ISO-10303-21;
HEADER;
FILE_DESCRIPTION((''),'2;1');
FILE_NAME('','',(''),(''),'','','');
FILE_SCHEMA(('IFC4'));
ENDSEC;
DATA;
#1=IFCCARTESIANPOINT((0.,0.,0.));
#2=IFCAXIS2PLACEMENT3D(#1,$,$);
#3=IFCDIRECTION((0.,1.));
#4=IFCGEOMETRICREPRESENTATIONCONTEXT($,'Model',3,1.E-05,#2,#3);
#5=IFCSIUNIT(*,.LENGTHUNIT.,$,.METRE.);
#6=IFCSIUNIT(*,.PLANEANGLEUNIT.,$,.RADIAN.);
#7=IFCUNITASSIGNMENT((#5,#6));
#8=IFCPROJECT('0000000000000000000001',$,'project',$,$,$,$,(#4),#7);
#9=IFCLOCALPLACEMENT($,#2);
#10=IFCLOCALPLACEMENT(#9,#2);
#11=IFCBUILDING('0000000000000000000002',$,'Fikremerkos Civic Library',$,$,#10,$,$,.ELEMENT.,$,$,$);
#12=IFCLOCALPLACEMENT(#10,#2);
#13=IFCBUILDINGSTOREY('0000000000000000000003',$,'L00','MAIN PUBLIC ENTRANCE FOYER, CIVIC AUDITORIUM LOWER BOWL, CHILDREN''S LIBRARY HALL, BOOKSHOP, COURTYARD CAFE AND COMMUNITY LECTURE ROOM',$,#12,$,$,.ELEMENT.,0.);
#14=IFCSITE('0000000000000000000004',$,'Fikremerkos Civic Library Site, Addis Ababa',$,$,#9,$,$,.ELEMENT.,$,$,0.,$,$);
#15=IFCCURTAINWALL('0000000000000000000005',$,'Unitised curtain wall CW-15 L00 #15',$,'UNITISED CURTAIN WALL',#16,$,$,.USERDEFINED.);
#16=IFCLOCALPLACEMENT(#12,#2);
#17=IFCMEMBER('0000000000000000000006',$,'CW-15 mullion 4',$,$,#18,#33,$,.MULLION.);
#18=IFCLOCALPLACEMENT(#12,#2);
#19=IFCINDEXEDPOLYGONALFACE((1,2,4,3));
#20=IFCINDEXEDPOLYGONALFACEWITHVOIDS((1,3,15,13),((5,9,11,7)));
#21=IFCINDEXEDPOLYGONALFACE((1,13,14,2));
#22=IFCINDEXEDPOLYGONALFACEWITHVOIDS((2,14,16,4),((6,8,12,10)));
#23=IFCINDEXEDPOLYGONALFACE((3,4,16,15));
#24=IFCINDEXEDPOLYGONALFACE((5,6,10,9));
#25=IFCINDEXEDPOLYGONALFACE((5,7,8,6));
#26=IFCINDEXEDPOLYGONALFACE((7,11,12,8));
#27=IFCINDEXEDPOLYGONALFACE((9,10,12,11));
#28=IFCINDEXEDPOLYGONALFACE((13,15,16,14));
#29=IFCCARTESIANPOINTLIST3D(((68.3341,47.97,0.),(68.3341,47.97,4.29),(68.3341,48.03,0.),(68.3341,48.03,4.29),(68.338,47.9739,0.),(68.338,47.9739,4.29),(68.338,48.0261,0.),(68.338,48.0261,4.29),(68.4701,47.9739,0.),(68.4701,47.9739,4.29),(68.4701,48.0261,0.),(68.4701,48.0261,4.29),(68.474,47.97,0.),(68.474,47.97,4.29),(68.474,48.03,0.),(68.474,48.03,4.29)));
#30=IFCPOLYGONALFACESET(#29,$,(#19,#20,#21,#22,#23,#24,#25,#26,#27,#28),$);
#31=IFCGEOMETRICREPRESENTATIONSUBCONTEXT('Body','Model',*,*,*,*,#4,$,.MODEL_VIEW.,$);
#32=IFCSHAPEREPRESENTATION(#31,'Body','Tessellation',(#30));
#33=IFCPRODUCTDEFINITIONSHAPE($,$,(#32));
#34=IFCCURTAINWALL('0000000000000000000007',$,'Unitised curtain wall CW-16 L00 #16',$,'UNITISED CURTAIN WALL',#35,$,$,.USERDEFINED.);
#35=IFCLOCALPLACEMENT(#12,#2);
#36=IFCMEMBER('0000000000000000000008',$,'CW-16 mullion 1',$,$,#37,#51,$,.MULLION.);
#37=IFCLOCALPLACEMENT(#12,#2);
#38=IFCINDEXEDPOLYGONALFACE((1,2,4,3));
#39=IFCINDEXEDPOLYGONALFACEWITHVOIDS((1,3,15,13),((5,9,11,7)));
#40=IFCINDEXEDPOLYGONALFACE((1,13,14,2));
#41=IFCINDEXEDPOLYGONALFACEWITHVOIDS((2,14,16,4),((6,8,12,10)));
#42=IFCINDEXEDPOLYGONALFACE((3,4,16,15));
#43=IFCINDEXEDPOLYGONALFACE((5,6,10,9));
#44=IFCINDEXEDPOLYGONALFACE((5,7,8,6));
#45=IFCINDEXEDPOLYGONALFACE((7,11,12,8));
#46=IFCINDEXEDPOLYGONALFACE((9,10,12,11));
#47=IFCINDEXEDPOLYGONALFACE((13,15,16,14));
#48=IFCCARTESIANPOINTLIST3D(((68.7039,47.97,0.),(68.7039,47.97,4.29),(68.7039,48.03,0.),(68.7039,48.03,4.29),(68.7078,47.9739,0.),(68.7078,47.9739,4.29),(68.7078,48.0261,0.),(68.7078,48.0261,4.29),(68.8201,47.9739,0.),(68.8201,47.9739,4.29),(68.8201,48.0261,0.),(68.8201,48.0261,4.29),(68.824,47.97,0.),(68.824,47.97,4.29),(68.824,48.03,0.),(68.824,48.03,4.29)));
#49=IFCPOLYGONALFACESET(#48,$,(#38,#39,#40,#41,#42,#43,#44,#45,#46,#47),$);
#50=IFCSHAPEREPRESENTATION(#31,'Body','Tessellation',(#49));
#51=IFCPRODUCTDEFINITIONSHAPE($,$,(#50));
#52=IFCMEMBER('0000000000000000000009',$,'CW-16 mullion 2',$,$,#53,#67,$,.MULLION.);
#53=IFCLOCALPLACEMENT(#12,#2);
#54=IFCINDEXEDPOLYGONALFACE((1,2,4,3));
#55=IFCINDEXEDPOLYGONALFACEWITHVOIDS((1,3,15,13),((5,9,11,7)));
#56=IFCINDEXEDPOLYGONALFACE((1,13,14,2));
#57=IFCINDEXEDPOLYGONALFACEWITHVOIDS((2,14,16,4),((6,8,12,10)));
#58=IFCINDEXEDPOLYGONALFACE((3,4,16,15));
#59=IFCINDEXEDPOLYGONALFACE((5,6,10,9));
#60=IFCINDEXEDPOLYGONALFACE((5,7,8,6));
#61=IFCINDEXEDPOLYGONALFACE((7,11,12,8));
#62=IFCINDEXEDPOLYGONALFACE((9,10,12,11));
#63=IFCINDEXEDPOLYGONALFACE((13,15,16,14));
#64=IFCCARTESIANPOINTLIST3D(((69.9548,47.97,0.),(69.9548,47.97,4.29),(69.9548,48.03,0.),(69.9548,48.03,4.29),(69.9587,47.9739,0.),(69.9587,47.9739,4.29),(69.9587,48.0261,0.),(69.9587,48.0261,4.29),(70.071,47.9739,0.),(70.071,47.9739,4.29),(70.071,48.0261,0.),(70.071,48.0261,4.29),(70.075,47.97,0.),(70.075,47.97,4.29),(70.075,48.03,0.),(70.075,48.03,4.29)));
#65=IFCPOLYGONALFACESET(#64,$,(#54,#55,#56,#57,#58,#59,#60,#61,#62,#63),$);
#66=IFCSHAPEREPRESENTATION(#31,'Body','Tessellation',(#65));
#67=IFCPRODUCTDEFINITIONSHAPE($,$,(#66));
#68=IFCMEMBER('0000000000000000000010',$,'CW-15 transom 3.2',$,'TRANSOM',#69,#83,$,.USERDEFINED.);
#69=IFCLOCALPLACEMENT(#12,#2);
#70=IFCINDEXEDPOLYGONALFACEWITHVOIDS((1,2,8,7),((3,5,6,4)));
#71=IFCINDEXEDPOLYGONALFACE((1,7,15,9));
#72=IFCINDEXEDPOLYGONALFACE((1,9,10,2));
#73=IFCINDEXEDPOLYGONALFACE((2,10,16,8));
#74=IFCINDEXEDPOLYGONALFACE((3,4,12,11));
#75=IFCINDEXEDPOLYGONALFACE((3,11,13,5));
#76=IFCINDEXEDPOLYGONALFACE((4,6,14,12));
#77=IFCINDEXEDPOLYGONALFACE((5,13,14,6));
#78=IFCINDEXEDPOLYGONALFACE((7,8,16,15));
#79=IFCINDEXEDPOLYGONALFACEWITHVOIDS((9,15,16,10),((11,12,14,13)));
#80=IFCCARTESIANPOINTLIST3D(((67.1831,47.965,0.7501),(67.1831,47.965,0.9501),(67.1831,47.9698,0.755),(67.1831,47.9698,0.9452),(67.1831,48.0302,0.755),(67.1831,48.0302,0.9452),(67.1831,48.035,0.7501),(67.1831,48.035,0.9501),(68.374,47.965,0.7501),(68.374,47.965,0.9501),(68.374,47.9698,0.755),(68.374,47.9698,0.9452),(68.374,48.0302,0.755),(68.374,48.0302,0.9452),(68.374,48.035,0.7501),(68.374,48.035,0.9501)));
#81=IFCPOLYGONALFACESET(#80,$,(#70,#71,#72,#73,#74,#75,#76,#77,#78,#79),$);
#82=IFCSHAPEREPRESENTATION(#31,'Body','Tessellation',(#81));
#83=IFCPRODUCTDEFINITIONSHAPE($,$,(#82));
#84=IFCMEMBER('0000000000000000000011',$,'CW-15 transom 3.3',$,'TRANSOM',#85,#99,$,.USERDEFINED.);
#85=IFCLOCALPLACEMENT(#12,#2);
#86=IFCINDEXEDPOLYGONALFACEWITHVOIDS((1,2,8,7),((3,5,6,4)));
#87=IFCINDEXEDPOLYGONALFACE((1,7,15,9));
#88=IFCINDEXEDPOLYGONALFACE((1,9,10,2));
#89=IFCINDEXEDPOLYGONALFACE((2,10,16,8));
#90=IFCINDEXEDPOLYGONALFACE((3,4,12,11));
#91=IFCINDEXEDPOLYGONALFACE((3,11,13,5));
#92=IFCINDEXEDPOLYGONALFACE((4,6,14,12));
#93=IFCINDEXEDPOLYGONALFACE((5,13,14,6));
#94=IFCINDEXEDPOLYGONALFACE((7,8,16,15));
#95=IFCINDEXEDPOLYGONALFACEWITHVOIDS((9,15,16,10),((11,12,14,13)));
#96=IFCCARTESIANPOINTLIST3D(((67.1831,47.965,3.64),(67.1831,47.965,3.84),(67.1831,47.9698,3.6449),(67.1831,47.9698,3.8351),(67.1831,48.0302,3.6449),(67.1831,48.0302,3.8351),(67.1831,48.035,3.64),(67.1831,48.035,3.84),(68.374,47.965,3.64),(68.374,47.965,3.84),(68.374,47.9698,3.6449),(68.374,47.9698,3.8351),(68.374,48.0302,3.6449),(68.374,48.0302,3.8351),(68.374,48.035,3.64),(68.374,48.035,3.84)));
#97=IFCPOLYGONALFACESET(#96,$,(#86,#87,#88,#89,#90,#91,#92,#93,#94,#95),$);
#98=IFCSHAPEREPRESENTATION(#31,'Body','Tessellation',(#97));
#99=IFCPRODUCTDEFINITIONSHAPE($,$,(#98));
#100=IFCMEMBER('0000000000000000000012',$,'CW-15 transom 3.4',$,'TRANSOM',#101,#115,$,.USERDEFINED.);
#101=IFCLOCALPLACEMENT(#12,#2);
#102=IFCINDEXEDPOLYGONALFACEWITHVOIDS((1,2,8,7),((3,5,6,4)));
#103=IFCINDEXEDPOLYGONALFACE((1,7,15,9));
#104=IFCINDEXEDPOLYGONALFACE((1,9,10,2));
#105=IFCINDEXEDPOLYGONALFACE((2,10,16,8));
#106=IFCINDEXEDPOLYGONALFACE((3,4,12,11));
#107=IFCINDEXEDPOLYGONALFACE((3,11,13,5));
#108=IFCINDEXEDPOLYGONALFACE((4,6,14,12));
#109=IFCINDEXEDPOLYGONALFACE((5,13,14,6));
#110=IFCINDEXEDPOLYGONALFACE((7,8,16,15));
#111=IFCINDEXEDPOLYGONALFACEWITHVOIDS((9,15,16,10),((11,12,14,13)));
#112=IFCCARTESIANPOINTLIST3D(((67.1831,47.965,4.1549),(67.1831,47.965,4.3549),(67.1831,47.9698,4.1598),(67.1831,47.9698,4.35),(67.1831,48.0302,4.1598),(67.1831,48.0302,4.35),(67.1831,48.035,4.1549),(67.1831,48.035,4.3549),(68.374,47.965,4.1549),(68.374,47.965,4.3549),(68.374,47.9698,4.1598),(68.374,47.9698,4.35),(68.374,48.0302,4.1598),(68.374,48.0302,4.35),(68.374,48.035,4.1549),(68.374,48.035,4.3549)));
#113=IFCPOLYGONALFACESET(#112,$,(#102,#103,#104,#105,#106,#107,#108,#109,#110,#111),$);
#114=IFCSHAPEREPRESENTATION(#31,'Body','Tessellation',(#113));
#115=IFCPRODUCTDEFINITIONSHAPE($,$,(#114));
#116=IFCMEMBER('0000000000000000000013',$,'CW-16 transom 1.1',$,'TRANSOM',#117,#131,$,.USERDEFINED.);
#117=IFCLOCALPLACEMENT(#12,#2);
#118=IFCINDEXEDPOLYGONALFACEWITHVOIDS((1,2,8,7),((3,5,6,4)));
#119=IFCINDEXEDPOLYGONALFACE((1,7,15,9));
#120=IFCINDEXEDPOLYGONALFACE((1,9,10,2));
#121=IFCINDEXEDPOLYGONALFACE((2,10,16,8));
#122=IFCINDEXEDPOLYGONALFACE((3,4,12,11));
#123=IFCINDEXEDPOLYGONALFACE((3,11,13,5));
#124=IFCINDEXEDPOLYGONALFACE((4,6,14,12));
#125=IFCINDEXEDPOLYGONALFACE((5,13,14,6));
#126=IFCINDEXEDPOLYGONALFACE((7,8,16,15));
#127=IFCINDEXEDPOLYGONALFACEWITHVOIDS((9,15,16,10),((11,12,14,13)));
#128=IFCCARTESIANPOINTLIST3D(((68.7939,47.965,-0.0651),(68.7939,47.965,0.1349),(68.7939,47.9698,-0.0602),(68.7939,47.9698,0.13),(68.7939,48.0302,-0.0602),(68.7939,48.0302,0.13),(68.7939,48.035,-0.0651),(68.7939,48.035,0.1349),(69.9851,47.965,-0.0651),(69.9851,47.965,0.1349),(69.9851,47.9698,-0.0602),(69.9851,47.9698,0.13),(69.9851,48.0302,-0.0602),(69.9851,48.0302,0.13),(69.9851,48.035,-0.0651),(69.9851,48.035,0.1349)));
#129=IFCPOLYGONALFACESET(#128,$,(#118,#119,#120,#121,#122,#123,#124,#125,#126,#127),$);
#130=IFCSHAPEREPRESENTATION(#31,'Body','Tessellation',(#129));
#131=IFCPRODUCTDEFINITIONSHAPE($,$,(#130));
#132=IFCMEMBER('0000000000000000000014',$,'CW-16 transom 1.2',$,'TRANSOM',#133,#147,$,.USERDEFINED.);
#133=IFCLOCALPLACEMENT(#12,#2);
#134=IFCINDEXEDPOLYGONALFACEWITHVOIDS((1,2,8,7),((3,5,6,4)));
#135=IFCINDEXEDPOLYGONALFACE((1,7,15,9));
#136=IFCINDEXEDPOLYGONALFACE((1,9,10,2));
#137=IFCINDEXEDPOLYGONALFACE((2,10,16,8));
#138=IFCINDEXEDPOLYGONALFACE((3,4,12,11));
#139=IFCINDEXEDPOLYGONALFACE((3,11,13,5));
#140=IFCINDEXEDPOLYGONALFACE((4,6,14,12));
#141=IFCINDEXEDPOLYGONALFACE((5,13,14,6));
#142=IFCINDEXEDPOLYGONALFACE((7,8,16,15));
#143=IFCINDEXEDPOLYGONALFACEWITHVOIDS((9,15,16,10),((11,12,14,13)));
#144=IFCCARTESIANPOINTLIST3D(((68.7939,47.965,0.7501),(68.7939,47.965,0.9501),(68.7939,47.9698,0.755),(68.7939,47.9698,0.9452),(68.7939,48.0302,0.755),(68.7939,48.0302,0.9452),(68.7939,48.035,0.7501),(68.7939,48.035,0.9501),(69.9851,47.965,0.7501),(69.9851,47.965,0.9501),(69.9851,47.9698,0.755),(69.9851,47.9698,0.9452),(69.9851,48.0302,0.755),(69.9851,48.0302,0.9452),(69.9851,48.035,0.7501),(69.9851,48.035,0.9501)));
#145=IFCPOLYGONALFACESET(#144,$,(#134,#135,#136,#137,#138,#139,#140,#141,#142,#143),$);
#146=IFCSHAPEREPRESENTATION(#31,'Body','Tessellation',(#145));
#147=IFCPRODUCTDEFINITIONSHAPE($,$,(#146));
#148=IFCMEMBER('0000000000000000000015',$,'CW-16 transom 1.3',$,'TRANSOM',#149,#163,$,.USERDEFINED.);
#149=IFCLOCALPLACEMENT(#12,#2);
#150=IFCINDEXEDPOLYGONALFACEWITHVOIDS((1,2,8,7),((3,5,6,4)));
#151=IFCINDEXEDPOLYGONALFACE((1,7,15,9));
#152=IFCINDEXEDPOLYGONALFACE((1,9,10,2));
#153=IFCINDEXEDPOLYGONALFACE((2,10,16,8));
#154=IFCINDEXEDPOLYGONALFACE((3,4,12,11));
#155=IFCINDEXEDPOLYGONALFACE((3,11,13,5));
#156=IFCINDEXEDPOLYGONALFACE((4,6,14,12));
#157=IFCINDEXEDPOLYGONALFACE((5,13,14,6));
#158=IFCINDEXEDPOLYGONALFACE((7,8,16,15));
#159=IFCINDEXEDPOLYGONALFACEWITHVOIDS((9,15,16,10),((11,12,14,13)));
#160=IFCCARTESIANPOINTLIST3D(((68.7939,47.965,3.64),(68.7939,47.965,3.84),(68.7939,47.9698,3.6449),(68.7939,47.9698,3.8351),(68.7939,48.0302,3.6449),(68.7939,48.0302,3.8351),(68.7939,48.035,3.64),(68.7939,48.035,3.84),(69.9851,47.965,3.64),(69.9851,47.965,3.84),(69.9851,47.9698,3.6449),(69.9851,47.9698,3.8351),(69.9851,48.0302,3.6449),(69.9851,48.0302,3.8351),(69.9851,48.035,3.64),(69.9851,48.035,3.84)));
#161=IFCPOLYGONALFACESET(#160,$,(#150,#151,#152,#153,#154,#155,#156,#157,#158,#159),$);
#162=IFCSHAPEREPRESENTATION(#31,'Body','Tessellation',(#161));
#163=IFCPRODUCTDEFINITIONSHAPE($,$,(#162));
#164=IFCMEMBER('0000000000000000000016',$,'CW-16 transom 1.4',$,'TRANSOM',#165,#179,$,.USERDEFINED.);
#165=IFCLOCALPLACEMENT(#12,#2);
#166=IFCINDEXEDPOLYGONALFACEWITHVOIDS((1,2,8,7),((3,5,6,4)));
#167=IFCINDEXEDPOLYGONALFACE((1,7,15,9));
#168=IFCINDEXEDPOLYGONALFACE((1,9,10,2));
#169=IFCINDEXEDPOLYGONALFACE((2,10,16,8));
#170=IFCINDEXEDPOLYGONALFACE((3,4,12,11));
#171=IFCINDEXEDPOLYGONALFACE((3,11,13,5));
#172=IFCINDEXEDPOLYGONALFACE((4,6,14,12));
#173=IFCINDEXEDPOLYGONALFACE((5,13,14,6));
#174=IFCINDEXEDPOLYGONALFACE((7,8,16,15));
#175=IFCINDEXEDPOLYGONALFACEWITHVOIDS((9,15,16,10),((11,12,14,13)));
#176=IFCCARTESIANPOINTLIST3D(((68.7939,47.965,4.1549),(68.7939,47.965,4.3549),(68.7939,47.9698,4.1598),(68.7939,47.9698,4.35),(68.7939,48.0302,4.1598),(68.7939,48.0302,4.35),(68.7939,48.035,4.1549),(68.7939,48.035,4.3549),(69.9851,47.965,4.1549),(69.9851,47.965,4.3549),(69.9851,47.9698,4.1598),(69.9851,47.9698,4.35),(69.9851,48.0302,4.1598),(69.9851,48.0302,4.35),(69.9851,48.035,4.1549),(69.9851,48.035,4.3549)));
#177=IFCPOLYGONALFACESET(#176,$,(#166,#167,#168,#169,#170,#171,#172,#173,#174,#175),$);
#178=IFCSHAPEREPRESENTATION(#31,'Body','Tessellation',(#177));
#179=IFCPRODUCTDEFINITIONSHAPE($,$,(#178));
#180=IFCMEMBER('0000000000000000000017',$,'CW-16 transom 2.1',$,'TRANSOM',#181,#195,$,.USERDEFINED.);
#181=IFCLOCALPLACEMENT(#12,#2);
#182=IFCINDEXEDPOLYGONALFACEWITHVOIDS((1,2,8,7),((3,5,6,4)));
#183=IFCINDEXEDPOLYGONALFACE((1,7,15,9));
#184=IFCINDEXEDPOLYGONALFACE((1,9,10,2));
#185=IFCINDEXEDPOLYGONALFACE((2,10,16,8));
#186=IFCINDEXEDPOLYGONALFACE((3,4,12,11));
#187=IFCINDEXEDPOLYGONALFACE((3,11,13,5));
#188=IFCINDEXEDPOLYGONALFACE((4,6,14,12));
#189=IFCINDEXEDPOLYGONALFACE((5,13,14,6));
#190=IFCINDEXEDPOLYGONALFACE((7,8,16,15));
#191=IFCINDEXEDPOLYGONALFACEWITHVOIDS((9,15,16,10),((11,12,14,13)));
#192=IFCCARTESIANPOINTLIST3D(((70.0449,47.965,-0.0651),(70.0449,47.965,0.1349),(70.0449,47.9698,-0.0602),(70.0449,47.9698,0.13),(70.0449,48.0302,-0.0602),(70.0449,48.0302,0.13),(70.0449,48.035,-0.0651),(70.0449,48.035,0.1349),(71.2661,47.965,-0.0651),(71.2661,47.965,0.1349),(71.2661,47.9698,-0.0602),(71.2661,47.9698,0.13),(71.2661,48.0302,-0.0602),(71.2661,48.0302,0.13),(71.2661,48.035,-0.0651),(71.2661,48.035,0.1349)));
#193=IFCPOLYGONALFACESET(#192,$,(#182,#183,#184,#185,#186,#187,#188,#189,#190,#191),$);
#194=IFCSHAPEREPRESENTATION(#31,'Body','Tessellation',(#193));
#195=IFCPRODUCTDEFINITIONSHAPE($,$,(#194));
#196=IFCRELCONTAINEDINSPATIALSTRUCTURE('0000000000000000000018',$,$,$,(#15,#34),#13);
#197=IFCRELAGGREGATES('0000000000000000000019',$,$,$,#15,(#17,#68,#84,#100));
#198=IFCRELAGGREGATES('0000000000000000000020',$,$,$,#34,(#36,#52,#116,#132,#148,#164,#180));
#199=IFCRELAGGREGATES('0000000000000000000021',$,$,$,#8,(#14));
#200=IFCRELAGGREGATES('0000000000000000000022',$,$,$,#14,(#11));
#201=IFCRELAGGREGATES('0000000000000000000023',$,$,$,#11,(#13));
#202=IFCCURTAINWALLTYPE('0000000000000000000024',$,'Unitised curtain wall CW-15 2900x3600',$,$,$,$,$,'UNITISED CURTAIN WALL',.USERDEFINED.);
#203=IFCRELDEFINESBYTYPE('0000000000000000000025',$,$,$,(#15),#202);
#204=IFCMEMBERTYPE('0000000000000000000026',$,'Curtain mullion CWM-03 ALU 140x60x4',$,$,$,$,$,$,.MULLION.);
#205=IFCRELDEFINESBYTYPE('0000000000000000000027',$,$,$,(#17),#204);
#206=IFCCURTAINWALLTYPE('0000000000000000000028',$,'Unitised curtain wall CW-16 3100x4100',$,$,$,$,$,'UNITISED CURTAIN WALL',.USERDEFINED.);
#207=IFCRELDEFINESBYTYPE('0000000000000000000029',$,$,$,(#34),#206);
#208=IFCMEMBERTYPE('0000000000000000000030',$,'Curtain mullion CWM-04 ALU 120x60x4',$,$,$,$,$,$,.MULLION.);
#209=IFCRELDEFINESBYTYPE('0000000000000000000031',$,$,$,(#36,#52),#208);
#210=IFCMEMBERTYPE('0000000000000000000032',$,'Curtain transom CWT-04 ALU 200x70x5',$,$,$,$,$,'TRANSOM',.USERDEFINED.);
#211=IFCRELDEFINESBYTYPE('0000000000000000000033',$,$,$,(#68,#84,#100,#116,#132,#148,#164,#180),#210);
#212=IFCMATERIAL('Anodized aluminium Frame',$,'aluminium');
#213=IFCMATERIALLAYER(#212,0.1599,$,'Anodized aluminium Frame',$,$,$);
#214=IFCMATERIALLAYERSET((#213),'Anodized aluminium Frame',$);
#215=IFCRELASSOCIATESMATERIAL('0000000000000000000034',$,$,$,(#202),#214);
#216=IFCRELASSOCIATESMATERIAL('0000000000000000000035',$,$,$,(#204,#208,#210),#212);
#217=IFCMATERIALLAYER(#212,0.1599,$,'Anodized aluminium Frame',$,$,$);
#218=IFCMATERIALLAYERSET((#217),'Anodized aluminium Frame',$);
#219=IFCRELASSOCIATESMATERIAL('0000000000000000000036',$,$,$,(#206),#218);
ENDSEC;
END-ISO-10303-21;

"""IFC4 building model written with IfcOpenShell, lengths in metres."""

from ifc_helpers import new_model, si_unit, direction, frame, origin, origin_2d, place, context, subcontext, project, spatial, hollow_rectangle, extrude, material, layer, layer_set, material_profile, profile_set, type_object, element, aggregate, save


model = new_model("IFC4")

# Units and contexts
model_context = context("Model", 3, precision=1e-05, world=origin(), true_north=direction((0.0, 1.0)))
body_context = subcontext(model_context, "Body", "Model", "MODEL_VIEW")
ifc_project = project(units=[si_unit("LENGTHUNIT", "METRE"), si_unit("PLANEANGLEUNIT", "RADIAN")], contexts=[model_context])

# Site, building, storey
site_placement = place(None, origin())
site = spatial("IfcSite", under=ifc_project, at=site_placement, Name="Fikremerkos Civic Library Site, Addis Ababa", CompositionType="ELEMENT", RefElevation=0.0)
building_placement = place(site_placement, origin())
building = spatial("IfcBuilding", under=site, at=building_placement, Name="Fikremerkos Civic Library", CompositionType="ELEMENT")
storey_placement = place(building_placement, origin())
storey = spatial("IfcBuildingStorey", under=building, at=storey_placement, Name="L00", Description="MAIN PUBLIC ENTRANCE FOYER, CIVIC AUDITORIUM LOWER BOWL, CHILDREN'S LIBRARY HALL, BOOKSHOP, COURTYARD CAFE AND COMMUNITY LECTURE ROOM", CompositionType="ELEMENT", Elevation=0.0)

# Curtain wall, member
ifc_material_1 = material(Name="Anodized aluminium Frame", Category="aluminium")
ifc_layer_1 = layer(ifc_material_1, 0.1599, Name="Anodized aluminium Frame")
ifc_layer_set_1 = layer_set([ifc_layer_1], Name="Anodized aluminium Frame")
curtain_wall_type_1 = type_object("IfcCurtainWallType", Name="Unitised curtain wall CW-15 2900x3600", ElementType="UNITISED CURTAIN WALL", PredefinedType="USERDEFINED", material=ifc_layer_set_1)
curtain_wall_1_placement = place(storey_placement, origin())
curtain_wall_1 = element("IfcCurtainWall", 1, at=curtain_wall_1_placement, inside=storey, type_object=curtain_wall_type_1, Name="Unitised curtain wall CW-15 L00 #15", ObjectType="UNITISED CURTAIN WALL", PredefinedType="USERDEFINED")
ifc_material_profile_1 = material_profile(ifc_material_1, hollow_rectangle(XDim=0.0601, YDim=0.1399, WallThickness=0.0039, at=origin_2d()), Name="ALU 140x60x4")
ifc_profile_set_1 = profile_set([ifc_material_profile_1], Name="Anodized aluminium Frame")
member_type_1 = type_object("IfcMemberType", Name="Curtain mullion CWM-03 ALU 140x60x4", PredefinedType="MULLION", material=ifc_profile_set_1)
member_1_placement = place(storey_placement, frame((68.4041, 48.0, 0.0), z_axis=(0.0, 0.0, 1.0), x_axis=(0.0, 1.0, 0.0)))
member_1 = element("IfcMember", 2, at=member_1_placement, type_object=member_type_1, Name="CW-15 mullion 4", PredefinedType="MULLION", context=body_context, shape_type="SweptSolid", body=[
    extrude(hollow_rectangle(XDim=0.0601, YDim=0.1399, WallThickness=0.0039, at=origin_2d()), origin(), (0.0, 0.0, 1.0), 4.29),
])

# Curtain wall, members
ifc_layer_2 = layer(ifc_material_1, 0.1599, Name="Anodized aluminium Frame")
ifc_layer_set_2 = layer_set([ifc_layer_2], Name="Anodized aluminium Frame")
curtain_wall_type_2 = type_object("IfcCurtainWallType", Name="Unitised curtain wall CW-16 3100x4100", ElementType="UNITISED CURTAIN WALL", PredefinedType="USERDEFINED", material=ifc_layer_set_2)
curtain_wall_2_placement = place(storey_placement, origin())
curtain_wall_2 = element("IfcCurtainWall", 3, at=curtain_wall_2_placement, inside=storey, type_object=curtain_wall_type_2, Name="Unitised curtain wall CW-16 L00 #16", ObjectType="UNITISED CURTAIN WALL", PredefinedType="USERDEFINED")
ifc_material_profile_2 = material_profile(ifc_material_1, hollow_rectangle(XDim=0.0601, YDim=0.1201, WallThickness=0.0039, at=origin_2d()), Name="ALU 120x60x4")
ifc_profile_set_2 = profile_set([ifc_material_profile_2], Name="Anodized aluminium Frame")
member_type_2 = type_object("IfcMemberType", Name="Curtain mullion CWM-04 ALU 120x60x4", PredefinedType="MULLION", material=ifc_profile_set_2)
member_2_placement = place(storey_placement, frame((68.7639, 48.0, 0.0), z_axis=(0.0, 0.0, 1.0), x_axis=(0.0, 1.0, 0.0)))
member_2 = element("IfcMember", 4, at=member_2_placement, type_object=member_type_2, Name="CW-16 mullion 1", PredefinedType="MULLION", context=body_context, shape_type="SweptSolid", body=[
    extrude(hollow_rectangle(XDim=0.0601, YDim=0.1201, WallThickness=0.0039, at=origin_2d()), origin(), (0.0, 0.0, 1.0), 4.29),
])
member_3_placement = place(storey_placement, frame((70.0149, 48.0, 0.0), z_axis=(0.0, 0.0, 1.0), x_axis=(0.0, 1.0, 0.0)))
member_3 = element("IfcMember", 5, at=member_3_placement, type_object=member_type_2, Name="CW-16 mullion 2", PredefinedType="MULLION", context=body_context, shape_type="SweptSolid", body=[
    extrude(hollow_rectangle(XDim=0.0601, YDim=0.1201, WallThickness=0.0039, at=origin_2d()), origin(), (0.0, 0.0, 1.0), 4.29),
])

# Members
ifc_material_profile_3 = material_profile(ifc_material_1, hollow_rectangle(XDim=0.0701, YDim=0.2, WallThickness=0.0049, at=origin_2d()), Name="ALU 200x70x5")
ifc_profile_set_3 = profile_set([ifc_material_profile_3], Name="Anodized aluminium Frame")
member_type_3 = type_object("IfcMemberType", Name="Curtain transom CWT-04 ALU 200x70x5", ElementType="TRANSOM", PredefinedType="USERDEFINED", material=ifc_profile_set_3)
member_4_placement = place(storey_placement, frame((67.1831, 48.0, 0.8501), z_axis=(1.0, 0.0, 0.0), x_axis=(0.0, 1.0, 0.0)))
member_4 = element("IfcMember", 6, at=member_4_placement, type_object=member_type_3, Name="CW-15 transom 3.2", ObjectType="TRANSOM", PredefinedType="USERDEFINED", context=body_context, shape_type="SweptSolid", body=[
    extrude(hollow_rectangle(XDim=0.0701, YDim=0.2, WallThickness=0.0049, at=origin_2d()), origin(), (0.0, 0.0, 1.0), 1.1909),
])
member_5_placement = place(storey_placement, frame((67.1831, 48.0, 3.74), z_axis=(1.0, 0.0, 0.0), x_axis=(0.0, 1.0, 0.0)))
member_5 = element("IfcMember", 7, at=member_5_placement, type_object=member_type_3, Name="CW-15 transom 3.3", ObjectType="TRANSOM", PredefinedType="USERDEFINED", context=body_context, shape_type="SweptSolid", body=[
    extrude(hollow_rectangle(XDim=0.0701, YDim=0.2, WallThickness=0.0049, at=origin_2d()), origin(), (0.0, 0.0, 1.0), 1.1909),
])
member_6_placement = place(storey_placement, frame((67.1831, 48.0, 4.2549), z_axis=(1.0, 0.0, 0.0), x_axis=(0.0, 1.0, 0.0)))
member_6 = element("IfcMember", 8, at=member_6_placement, type_object=member_type_3, Name="CW-15 transom 3.4", ObjectType="TRANSOM", PredefinedType="USERDEFINED", context=body_context, shape_type="SweptSolid", body=[
    extrude(hollow_rectangle(XDim=0.0701, YDim=0.2, WallThickness=0.0049, at=origin_2d()), origin(), (0.0, 0.0, 1.0), 1.1909),
])
member_7_placement = place(storey_placement, frame((68.7939, 48.0, 0.0349), z_axis=(1.0, 0.0, 0.0), x_axis=(0.0, 1.0, 0.0)))
member_7 = element("IfcMember", 9, at=member_7_placement, type_object=member_type_3, Name="CW-16 transom 1.1", ObjectType="TRANSOM", PredefinedType="USERDEFINED", context=body_context, shape_type="SweptSolid", body=[
    extrude(hollow_rectangle(XDim=0.0701, YDim=0.2, WallThickness=0.0049, at=origin_2d()), origin(), (0.0, 0.0, 1.0), 1.1912),
])
member_8_placement = place(storey_placement, frame((68.7939, 48.0, 0.8501), z_axis=(1.0, 0.0, 0.0), x_axis=(0.0, 1.0, 0.0)))
member_8 = element("IfcMember", 10, at=member_8_placement, type_object=member_type_3, Name="CW-16 transom 1.2", ObjectType="TRANSOM", PredefinedType="USERDEFINED", context=body_context, shape_type="SweptSolid", body=[
    extrude(hollow_rectangle(XDim=0.0701, YDim=0.2, WallThickness=0.0049, at=origin_2d()), origin(), (0.0, 0.0, 1.0), 1.1912),
])
member_9_placement = place(storey_placement, frame((68.7939, 48.0, 3.74), z_axis=(1.0, 0.0, 0.0), x_axis=(0.0, 1.0, 0.0)))
member_9 = element("IfcMember", 11, at=member_9_placement, type_object=member_type_3, Name="CW-16 transom 1.3", ObjectType="TRANSOM", PredefinedType="USERDEFINED", context=body_context, shape_type="SweptSolid", body=[
    extrude(hollow_rectangle(XDim=0.0701, YDim=0.2, WallThickness=0.0049, at=origin_2d()), origin(), (0.0, 0.0, 1.0), 1.1912),
])
member_10_placement = place(storey_placement, frame((68.7939, 48.0, 4.2549), z_axis=(1.0, 0.0, 0.0), x_axis=(0.0, 1.0, 0.0)))
member_10 = element("IfcMember", 12, at=member_10_placement, type_object=member_type_3, Name="CW-16 transom 1.4", ObjectType="TRANSOM", PredefinedType="USERDEFINED", context=body_context, shape_type="SweptSolid", body=[
    extrude(hollow_rectangle(XDim=0.0701, YDim=0.2, WallThickness=0.0049, at=origin_2d()), origin(), (0.0, 0.0, 1.0), 1.1912),
])
member_11_placement = place(storey_placement, frame((70.0449, 48.0, 0.0349), z_axis=(1.0, 0.0, 0.0), x_axis=(0.0, 1.0, 0.0)))
member_11 = element("IfcMember", 13, at=member_11_placement, type_object=member_type_3, Name="CW-16 transom 2.1", ObjectType="TRANSOM", PredefinedType="USERDEFINED", context=body_context, shape_type="SweptSolid", body=[
    extrude(hollow_rectangle(XDim=0.0701, YDim=0.2, WallThickness=0.0049, at=origin_2d()), origin(), (0.0, 0.0, 1.0), 1.2212),
])

aggregate(curtain_wall_1, [member_1, member_4, member_5, member_6])
aggregate(curtain_wall_2, [member_2, member_3, member_7, member_8, member_9, member_10, member_11])

save(model, "model.ifc")
